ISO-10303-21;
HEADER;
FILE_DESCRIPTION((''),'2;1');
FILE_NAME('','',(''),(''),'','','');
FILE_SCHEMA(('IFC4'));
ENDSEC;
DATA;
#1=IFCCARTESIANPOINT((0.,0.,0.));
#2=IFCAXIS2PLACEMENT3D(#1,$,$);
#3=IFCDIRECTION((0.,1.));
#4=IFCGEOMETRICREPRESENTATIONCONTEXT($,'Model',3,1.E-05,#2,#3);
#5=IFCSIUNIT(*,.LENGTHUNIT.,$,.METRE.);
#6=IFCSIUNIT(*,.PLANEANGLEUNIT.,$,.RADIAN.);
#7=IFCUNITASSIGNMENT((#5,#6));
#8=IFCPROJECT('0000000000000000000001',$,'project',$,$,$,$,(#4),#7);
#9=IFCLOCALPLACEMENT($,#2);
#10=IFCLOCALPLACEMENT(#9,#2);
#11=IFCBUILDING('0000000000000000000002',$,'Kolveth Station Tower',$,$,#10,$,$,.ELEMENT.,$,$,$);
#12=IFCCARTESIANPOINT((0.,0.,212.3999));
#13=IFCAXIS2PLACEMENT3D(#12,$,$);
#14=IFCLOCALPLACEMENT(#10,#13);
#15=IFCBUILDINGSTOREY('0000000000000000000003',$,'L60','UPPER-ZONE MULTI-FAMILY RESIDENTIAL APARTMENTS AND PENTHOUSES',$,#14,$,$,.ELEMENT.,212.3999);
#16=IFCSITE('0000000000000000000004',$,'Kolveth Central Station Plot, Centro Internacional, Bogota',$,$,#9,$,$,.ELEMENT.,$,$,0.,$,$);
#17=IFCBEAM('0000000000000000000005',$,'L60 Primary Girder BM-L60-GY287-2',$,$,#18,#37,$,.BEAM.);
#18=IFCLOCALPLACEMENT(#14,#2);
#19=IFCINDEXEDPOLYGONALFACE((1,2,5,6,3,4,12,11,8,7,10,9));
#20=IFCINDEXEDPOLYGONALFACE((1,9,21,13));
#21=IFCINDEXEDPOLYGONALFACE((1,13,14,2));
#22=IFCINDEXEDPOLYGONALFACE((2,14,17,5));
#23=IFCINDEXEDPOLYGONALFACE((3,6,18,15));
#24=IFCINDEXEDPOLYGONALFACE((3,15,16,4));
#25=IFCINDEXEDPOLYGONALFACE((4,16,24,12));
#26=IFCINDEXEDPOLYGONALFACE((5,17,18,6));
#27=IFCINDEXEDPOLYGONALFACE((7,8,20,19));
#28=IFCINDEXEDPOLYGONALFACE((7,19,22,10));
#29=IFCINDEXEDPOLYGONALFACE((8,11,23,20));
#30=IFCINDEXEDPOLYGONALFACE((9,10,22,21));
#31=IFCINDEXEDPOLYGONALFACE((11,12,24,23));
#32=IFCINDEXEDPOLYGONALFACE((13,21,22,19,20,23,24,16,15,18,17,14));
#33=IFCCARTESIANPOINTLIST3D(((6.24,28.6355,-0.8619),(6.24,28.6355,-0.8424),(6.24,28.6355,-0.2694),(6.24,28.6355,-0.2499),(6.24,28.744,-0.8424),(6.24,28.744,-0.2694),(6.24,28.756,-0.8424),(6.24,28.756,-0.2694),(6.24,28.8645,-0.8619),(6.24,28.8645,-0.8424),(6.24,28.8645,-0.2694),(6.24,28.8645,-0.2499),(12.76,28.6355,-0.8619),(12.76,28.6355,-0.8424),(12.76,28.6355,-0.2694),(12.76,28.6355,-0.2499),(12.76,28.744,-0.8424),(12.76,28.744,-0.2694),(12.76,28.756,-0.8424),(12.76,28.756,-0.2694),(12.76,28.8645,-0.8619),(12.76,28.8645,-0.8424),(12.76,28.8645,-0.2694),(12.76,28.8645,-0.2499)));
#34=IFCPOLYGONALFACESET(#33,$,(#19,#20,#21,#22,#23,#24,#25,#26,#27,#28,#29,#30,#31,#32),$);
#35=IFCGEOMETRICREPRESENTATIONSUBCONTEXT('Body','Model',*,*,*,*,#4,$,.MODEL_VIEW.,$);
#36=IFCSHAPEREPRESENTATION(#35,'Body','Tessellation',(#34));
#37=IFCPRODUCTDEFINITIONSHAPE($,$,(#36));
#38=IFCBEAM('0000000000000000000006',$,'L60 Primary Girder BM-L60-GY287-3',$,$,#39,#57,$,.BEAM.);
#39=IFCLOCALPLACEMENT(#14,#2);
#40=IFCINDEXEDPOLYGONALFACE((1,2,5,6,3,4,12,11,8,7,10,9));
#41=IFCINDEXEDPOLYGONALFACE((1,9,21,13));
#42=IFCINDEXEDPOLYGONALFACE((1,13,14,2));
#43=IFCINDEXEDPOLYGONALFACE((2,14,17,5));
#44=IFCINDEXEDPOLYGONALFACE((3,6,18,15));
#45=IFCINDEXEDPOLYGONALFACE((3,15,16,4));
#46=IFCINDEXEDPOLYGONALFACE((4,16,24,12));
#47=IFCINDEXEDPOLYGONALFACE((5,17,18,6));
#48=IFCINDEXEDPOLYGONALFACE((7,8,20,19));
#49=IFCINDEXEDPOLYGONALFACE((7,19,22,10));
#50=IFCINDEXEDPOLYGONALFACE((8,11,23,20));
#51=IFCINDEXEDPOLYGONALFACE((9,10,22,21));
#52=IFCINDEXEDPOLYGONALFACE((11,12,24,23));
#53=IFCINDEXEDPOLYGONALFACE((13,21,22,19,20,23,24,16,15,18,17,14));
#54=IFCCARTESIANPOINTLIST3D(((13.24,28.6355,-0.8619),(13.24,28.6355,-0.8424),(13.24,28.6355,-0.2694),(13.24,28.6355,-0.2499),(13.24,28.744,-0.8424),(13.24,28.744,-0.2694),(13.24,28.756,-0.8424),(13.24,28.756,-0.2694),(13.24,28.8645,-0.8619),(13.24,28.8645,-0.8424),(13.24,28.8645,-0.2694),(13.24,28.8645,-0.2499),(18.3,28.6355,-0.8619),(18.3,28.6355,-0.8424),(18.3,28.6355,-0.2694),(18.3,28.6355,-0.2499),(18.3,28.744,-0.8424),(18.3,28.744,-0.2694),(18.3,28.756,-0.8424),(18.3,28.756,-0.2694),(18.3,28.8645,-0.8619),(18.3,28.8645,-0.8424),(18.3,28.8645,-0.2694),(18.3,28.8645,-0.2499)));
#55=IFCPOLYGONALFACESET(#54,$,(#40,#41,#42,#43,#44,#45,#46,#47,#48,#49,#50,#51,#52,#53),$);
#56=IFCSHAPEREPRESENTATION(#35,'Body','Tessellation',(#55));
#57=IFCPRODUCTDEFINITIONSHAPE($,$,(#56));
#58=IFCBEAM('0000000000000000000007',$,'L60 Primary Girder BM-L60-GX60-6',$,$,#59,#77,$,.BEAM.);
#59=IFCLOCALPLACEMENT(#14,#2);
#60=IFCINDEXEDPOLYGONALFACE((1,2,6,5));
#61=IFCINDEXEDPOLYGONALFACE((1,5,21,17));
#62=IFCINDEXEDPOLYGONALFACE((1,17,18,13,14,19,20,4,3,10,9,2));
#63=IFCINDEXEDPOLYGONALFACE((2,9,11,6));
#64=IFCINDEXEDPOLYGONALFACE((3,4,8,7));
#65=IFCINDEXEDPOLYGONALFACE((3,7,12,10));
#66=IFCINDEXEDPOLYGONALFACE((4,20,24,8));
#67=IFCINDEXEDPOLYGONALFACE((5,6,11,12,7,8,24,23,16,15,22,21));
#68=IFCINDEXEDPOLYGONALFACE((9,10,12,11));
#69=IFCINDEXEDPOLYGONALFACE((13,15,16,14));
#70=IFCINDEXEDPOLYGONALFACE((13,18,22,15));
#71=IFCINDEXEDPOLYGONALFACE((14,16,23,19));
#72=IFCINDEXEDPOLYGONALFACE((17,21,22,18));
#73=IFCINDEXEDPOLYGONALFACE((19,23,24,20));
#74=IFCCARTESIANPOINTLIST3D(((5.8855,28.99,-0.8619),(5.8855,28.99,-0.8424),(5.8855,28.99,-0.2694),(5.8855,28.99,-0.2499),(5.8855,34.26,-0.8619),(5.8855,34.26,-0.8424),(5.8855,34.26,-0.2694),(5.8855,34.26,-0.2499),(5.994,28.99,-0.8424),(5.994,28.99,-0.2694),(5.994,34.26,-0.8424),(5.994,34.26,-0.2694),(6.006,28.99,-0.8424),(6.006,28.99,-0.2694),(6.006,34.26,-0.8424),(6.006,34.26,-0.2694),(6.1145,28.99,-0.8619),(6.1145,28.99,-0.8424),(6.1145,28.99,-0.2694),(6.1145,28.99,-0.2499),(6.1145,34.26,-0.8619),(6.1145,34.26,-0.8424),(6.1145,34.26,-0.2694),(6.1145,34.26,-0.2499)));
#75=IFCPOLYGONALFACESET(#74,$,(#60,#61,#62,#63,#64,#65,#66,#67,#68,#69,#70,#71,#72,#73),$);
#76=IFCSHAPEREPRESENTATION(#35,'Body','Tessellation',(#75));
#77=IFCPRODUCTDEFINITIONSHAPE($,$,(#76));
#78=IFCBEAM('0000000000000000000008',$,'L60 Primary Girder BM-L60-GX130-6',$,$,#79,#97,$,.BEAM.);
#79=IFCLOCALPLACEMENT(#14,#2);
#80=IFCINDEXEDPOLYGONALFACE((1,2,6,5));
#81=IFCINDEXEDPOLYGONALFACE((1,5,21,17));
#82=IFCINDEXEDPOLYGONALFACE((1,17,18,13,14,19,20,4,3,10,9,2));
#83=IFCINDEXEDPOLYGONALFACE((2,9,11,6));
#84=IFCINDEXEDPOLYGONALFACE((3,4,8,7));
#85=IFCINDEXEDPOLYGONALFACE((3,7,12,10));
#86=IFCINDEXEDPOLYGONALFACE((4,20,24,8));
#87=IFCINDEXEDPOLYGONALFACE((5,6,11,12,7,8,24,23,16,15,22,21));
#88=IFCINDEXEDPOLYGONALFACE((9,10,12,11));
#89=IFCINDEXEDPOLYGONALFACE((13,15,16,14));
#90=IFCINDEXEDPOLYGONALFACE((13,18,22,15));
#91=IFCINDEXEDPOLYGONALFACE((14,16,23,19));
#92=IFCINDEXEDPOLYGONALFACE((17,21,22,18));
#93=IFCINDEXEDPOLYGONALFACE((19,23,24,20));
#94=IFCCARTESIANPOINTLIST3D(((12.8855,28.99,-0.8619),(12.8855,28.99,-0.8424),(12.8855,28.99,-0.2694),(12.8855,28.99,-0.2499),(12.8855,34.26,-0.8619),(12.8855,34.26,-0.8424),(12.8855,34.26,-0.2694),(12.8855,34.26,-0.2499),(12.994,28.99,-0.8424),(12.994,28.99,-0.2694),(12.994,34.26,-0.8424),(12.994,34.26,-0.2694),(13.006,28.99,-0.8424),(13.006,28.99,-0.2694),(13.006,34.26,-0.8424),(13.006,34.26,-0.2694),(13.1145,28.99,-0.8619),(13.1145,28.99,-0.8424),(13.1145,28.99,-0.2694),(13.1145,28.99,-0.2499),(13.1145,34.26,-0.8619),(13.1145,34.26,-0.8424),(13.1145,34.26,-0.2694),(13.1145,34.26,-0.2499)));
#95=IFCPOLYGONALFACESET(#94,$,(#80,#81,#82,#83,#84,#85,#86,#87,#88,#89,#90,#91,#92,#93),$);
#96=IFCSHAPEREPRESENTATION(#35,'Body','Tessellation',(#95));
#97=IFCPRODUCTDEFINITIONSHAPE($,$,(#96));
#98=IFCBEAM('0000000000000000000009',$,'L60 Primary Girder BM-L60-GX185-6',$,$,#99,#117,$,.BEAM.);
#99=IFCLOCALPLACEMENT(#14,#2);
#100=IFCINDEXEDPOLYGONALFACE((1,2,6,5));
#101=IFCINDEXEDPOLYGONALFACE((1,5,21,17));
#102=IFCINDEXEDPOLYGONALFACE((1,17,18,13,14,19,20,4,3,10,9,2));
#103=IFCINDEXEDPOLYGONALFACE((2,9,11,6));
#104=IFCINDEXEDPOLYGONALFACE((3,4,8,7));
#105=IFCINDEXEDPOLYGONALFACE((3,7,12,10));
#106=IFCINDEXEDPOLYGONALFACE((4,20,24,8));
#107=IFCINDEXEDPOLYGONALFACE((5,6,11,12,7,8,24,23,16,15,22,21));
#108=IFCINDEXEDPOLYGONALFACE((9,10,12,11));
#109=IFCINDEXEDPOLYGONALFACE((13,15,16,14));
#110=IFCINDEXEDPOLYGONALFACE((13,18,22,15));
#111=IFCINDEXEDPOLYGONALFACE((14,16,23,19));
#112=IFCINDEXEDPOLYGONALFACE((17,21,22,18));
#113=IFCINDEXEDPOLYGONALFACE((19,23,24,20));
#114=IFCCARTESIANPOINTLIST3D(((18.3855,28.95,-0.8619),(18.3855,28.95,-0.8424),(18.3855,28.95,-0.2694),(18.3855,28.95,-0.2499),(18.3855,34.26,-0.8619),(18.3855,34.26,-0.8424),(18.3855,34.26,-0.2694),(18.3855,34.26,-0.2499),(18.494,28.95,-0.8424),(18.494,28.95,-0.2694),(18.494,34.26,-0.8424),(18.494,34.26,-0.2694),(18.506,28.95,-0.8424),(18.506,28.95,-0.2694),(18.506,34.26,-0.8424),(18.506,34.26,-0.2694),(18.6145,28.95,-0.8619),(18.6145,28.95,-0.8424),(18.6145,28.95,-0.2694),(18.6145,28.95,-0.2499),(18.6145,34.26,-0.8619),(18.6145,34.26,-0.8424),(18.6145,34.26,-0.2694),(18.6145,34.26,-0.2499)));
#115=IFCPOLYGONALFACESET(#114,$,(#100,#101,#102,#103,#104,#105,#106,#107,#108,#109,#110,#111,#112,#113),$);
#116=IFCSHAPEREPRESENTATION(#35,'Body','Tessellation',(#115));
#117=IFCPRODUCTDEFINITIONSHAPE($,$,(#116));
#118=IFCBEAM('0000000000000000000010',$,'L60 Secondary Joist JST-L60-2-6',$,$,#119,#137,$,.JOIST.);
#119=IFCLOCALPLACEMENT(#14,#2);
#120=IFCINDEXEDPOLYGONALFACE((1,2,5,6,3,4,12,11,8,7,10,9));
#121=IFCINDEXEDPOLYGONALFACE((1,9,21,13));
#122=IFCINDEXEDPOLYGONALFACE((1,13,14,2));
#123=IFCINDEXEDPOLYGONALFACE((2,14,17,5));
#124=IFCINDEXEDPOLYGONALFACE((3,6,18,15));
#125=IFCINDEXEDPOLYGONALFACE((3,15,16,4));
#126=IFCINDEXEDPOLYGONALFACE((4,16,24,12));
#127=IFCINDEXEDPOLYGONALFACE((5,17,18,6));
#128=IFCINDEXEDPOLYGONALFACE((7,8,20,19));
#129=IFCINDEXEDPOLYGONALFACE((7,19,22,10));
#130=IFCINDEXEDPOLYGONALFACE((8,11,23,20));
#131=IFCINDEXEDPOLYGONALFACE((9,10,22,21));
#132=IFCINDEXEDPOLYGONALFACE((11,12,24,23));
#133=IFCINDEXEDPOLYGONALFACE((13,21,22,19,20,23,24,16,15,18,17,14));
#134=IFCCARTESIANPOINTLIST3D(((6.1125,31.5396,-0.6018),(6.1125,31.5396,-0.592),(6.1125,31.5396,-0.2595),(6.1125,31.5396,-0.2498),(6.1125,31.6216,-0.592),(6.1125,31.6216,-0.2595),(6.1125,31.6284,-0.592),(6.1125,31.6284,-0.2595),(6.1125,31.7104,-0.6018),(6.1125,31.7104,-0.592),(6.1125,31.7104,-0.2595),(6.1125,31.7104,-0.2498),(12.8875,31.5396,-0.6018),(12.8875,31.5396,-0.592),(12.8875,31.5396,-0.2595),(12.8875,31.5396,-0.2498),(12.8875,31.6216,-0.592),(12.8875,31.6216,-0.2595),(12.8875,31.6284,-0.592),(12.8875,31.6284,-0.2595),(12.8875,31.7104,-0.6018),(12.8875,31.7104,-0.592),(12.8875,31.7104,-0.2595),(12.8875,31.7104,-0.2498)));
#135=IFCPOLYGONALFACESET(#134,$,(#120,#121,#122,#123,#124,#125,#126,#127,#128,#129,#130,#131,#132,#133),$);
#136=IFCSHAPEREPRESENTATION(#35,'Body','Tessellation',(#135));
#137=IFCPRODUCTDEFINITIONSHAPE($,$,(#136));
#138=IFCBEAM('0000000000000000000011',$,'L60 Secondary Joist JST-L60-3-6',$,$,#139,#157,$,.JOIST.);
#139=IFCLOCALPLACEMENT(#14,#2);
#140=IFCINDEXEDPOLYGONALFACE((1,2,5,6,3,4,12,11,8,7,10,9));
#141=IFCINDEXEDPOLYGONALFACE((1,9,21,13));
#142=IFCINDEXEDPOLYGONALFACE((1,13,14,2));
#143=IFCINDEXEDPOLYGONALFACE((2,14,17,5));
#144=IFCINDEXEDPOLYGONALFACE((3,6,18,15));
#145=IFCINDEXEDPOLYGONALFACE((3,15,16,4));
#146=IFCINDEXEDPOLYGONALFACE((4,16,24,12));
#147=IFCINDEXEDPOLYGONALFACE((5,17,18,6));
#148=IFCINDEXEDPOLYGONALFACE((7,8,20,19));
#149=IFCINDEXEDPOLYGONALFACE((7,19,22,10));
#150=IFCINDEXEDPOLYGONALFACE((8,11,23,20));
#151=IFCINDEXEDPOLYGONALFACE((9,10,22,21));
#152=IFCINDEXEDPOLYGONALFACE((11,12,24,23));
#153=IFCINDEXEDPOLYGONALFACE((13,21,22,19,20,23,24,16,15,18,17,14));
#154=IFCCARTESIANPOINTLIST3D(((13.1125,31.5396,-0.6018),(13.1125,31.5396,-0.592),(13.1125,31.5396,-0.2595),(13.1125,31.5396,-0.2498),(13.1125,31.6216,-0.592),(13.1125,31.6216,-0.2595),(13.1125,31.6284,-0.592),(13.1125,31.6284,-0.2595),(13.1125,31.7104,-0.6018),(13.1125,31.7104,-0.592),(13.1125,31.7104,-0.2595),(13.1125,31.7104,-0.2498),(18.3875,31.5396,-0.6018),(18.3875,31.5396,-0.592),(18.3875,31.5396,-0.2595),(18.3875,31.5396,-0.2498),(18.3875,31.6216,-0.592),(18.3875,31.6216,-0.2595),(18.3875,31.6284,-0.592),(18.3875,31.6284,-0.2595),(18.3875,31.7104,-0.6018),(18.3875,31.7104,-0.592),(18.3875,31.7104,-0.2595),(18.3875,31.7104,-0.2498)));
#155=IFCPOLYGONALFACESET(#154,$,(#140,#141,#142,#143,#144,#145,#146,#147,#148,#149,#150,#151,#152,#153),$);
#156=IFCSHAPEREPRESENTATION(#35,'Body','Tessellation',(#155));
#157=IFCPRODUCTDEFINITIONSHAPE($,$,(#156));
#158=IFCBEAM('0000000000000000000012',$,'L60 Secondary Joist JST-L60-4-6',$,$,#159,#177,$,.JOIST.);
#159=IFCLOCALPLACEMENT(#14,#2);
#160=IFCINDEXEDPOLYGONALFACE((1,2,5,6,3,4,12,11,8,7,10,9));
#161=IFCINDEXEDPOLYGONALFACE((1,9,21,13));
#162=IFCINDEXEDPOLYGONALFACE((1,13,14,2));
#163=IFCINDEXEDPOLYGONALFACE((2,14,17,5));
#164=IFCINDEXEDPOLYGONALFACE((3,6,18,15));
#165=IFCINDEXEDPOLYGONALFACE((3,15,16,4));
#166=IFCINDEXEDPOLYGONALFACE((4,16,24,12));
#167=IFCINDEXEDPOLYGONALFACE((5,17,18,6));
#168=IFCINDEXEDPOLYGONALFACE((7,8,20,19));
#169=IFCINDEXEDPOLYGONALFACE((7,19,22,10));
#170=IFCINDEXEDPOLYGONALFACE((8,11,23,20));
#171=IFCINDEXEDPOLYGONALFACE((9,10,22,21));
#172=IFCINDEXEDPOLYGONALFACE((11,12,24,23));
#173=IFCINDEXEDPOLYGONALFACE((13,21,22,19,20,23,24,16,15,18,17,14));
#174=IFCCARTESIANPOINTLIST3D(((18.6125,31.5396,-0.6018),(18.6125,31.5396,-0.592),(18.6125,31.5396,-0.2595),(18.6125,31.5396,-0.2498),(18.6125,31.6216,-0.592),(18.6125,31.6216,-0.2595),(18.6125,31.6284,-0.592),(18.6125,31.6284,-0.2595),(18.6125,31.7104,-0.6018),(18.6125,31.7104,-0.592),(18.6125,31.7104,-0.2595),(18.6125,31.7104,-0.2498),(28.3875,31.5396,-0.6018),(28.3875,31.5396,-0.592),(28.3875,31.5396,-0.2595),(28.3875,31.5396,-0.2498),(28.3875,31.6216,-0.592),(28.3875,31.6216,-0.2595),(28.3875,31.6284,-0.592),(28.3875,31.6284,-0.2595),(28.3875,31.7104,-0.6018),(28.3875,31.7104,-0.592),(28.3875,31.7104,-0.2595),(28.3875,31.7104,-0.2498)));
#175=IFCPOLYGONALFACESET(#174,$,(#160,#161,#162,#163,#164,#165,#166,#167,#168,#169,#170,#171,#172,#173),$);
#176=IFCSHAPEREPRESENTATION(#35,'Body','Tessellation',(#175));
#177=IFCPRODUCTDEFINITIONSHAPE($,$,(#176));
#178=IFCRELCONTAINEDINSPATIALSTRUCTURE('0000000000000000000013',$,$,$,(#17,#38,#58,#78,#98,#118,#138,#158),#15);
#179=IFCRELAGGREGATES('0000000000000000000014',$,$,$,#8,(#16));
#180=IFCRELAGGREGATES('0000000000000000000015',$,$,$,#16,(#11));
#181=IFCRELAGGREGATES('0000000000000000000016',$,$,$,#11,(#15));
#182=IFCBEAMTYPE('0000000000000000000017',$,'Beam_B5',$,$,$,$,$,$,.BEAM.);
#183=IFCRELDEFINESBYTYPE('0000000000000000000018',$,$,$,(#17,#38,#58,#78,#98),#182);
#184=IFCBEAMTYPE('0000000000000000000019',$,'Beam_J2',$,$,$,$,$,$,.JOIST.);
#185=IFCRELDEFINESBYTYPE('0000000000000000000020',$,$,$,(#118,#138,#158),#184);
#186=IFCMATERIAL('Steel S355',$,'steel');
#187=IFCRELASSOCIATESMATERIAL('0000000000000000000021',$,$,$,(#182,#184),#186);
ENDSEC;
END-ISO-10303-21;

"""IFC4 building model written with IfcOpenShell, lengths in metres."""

from ifc_helpers import new_model, si_unit, direction, frame, origin, origin_2d, place, context, subcontext, project, spatial, i_section, extrude, source, transform, mapped, material, material_profile, profile_set, type_object, element, save


model = new_model("IFC4")

# Units and contexts
model_context = context("Model", 3, precision=1e-05, world=origin(), true_north=direction((0.0, 1.0)))
body_context = subcontext(model_context, "Body", "Model", "MODEL_VIEW")
ifc_project = project(units=[si_unit("LENGTHUNIT", "METRE"), si_unit("PLANEANGLEUNIT", "RADIAN")], contexts=[model_context])

# Site, building, storey
site_placement = place(None, origin())
site = spatial("IfcSite", under=ifc_project, at=site_placement, Name="Kolveth Central Station Plot, Centro Internacional, Bogota", CompositionType="ELEMENT", RefElevation=0.0)
building_placement = place(site_placement, origin())
building = spatial("IfcBuilding", under=site, at=building_placement, Name="Kolveth Station Tower", CompositionType="ELEMENT")
storey_placement = place(building_placement, frame((0.0, 0.0, 212.3999)))
storey = spatial("IfcBuildingStorey", under=building, at=storey_placement, Name="L60", Description="UPPER-ZONE MULTI-FAMILY RESIDENTIAL APARTMENTS AND PENTHOUSES", CompositionType="ELEMENT", Elevation=212.3999)

# Shared definitions
ifc_material_1 = material(Name="Steel S355", Category="steel")

# Beams
ifc_material_profile_1 = material_profile(ifc_material_1, i_section(OverallWidth=0.229, OverallDepth=0.6121, WebThickness=0.012, FlangeThickness=0.0195, at=origin_2d()), Name="W610x125")
ifc_profile_set_1 = profile_set([ifc_material_profile_1], Name="Steel S355")
beam_type_1 = type_object("IfcBeamType", Name="Beam_B5", PredefinedType="BEAM", material=ifc_profile_set_1)
shared_shape_1 = source(origin(), body_context, "Body", "SweptSolid", [
    extrude(i_section(OverallWidth=0.229, OverallDepth=0.6121, WebThickness=0.012, FlangeThickness=0.0195, at=origin_2d()), origin(), (0.0, 0.0, 1.0), 6.52),
])
beam_1_placement = place(storey_placement, frame((6.24, 28.75, -0.5559), z_axis=(1.0, 0.0, 0.0), x_axis=(0.0, 1.0, 0.0)))
element("IfcBeam", 1, at=beam_1_placement, inside=storey, type_object=beam_type_1, Name="L60 Primary Girder BM-L60-GY287-2", PredefinedType="BEAM", context=body_context, shape_type="MappedRepresentation", body=[
    mapped(shared_shape_1, transform((0.0, 0.0, 0.0), x_axis=(1.0, 0.0, 0.0), y_axis=(0.0, 1.0, 0.0), z_axis=(0.0, 0.0, 1.0), scale=1.0)),
])
shared_shape_2 = source(origin(), body_context, "Body", "SweptSolid", [
    extrude(i_section(OverallWidth=0.229, OverallDepth=0.6121, WebThickness=0.012, FlangeThickness=0.0195, at=origin_2d()), origin(), (0.0, 0.0, 1.0), 5.0601),
])
beam_2_placement = place(storey_placement, frame((13.24, 28.75, -0.5559), z_axis=(1.0, 0.0, 0.0), x_axis=(0.0, 1.0, 0.0)))
element("IfcBeam", 2, at=beam_2_placement, inside=storey, type_object=beam_type_1, Name="L60 Primary Girder BM-L60-GY287-3", PredefinedType="BEAM", context=body_context, shape_type="MappedRepresentation", body=[
    mapped(shared_shape_2, transform((0.0, 0.0, 0.0), x_axis=(1.0, 0.0, 0.0), y_axis=(0.0, 1.0, 0.0), z_axis=(0.0, 0.0, 1.0), scale=1.0)),
])
shared_shape_3 = source(origin(), body_context, "Body", "SweptSolid", [
    extrude(i_section(OverallWidth=0.229, OverallDepth=0.6121, WebThickness=0.012, FlangeThickness=0.0195, at=origin_2d()), origin(), (0.0, 0.0, 1.0), 5.27),
])
for number, where, z_axis, x_axis, name in (
    (3, (6.0, 28.99, -0.5559), (0.0, 1.0, 0.0), (-1.0, 0.0, 0.0), "L60 Primary Girder BM-L60-GX60-6"),
    (4, (13.0, 28.99, -0.5559), (0.0, 1.0, 0.0), (-1.0, 0.0, 0.0), "L60 Primary Girder BM-L60-GX130-6"),
):
    element("IfcBeam", number, at=place(storey_placement, frame(where, z_axis=z_axis, x_axis=x_axis)), inside=storey, type_object=beam_type_1, Name=name, PredefinedType="BEAM", context=body_context, shape_type="MappedRepresentation", body=[
        mapped(shared_shape_3, transform((0.0, 0.0, 0.0), x_axis=(1.0, 0.0, 0.0), y_axis=(0.0, 1.0, 0.0), z_axis=(0.0, 0.0, 1.0), scale=1.0)),
    ])
shared_shape_4 = source(origin(), body_context, "Body", "SweptSolid", [
    extrude(i_section(OverallWidth=0.229, OverallDepth=0.6121, WebThickness=0.012, FlangeThickness=0.0195, at=origin_2d()), origin(), (0.0, 0.0, 1.0), 5.3101),
])
beam_3_placement = place(storey_placement, frame((18.5, 28.95, -0.5559), z_axis=(0.0, 1.0, 0.0), x_axis=(-1.0, 0.0, 0.0)))
element("IfcBeam", 5, at=beam_3_placement, inside=storey, type_object=beam_type_1, Name="L60 Primary Girder BM-L60-GX185-6", PredefinedType="BEAM", context=body_context, shape_type="MappedRepresentation", body=[
    mapped(shared_shape_4, transform((0.0, 0.0, 0.0), x_axis=(1.0, 0.0, 0.0), y_axis=(0.0, 1.0, 0.0), z_axis=(0.0, 0.0, 1.0), scale=1.0)),
])
ifc_material_profile_2 = material_profile(ifc_material_1, i_section(OverallWidth=0.1709, OverallDepth=0.3521, WebThickness=0.0068, FlangeThickness=0.0098, at=origin_2d()), Name="W360x44")
ifc_profile_set_2 = profile_set([ifc_material_profile_2], Name="Steel S355")
beam_type_2 = type_object("IfcBeamType", Name="Beam_J2", PredefinedType="JOIST", material=ifc_profile_set_2)
shared_shape_5 = source(origin(), body_context, "Body", "SweptSolid", [
    extrude(i_section(OverallWidth=0.1709, OverallDepth=0.3521, WebThickness=0.0068, FlangeThickness=0.0098, at=origin_2d()), origin(), (0.0, 0.0, 1.0), 6.7749),
])
beam_4_placement = place(storey_placement, frame((6.1125, 31.625, -0.4258), z_axis=(1.0, 0.0, 0.0), x_axis=(0.0, 1.0, 0.0)))
element("IfcBeam", 6, at=beam_4_placement, inside=storey, type_object=beam_type_2, Name="L60 Secondary Joist JST-L60-2-6", PredefinedType="JOIST", context=body_context, shape_type="MappedRepresentation", body=[
    mapped(shared_shape_5, transform((0.0, 0.0, 0.0), x_axis=(1.0, 0.0, 0.0), y_axis=(0.0, 1.0, 0.0), z_axis=(0.0, 0.0, 1.0), scale=1.0)),
])
shared_shape_6 = source(origin(), body_context, "Body", "SweptSolid", [
    extrude(i_section(OverallWidth=0.1709, OverallDepth=0.3521, WebThickness=0.0068, FlangeThickness=0.0098, at=origin_2d()), origin(), (0.0, 0.0, 1.0), 5.2749),
])
beam_5_placement = place(storey_placement, frame((13.1125, 31.625, -0.4258), z_axis=(1.0, 0.0, 0.0), x_axis=(0.0, 1.0, 0.0)))
element("IfcBeam", 7, at=beam_5_placement, inside=storey, type_object=beam_type_2, Name="L60 Secondary Joist JST-L60-3-6", PredefinedType="JOIST", context=body_context, shape_type="MappedRepresentation", body=[
    mapped(shared_shape_6, transform((0.0, 0.0, 0.0), x_axis=(1.0, 0.0, 0.0), y_axis=(0.0, 1.0, 0.0), z_axis=(0.0, 0.0, 1.0), scale=1.0)),
])
shared_shape_7 = source(origin(), body_context, "Body", "SweptSolid", [
    extrude(i_section(OverallWidth=0.1709, OverallDepth=0.3521, WebThickness=0.0068, FlangeThickness=0.0098, at=origin_2d()), origin(), (0.0, 0.0, 1.0), 9.7749),
])
beam_6_placement = place(storey_placement, frame((18.6125, 31.625, -0.4258), z_axis=(1.0, 0.0, 0.0), x_axis=(0.0, 1.0, 0.0)))
element("IfcBeam", 8, at=beam_6_placement, inside=storey, type_object=beam_type_2, Name="L60 Secondary Joist JST-L60-4-6", PredefinedType="JOIST", context=body_context, shape_type="MappedRepresentation", body=[
    mapped(shared_shape_7, transform((0.0, 0.0, 0.0), x_axis=(1.0, 0.0, 0.0), y_axis=(0.0, 1.0, 0.0), z_axis=(0.0, 0.0, 1.0), scale=1.0)),
])

save(model, "model.ifc")
